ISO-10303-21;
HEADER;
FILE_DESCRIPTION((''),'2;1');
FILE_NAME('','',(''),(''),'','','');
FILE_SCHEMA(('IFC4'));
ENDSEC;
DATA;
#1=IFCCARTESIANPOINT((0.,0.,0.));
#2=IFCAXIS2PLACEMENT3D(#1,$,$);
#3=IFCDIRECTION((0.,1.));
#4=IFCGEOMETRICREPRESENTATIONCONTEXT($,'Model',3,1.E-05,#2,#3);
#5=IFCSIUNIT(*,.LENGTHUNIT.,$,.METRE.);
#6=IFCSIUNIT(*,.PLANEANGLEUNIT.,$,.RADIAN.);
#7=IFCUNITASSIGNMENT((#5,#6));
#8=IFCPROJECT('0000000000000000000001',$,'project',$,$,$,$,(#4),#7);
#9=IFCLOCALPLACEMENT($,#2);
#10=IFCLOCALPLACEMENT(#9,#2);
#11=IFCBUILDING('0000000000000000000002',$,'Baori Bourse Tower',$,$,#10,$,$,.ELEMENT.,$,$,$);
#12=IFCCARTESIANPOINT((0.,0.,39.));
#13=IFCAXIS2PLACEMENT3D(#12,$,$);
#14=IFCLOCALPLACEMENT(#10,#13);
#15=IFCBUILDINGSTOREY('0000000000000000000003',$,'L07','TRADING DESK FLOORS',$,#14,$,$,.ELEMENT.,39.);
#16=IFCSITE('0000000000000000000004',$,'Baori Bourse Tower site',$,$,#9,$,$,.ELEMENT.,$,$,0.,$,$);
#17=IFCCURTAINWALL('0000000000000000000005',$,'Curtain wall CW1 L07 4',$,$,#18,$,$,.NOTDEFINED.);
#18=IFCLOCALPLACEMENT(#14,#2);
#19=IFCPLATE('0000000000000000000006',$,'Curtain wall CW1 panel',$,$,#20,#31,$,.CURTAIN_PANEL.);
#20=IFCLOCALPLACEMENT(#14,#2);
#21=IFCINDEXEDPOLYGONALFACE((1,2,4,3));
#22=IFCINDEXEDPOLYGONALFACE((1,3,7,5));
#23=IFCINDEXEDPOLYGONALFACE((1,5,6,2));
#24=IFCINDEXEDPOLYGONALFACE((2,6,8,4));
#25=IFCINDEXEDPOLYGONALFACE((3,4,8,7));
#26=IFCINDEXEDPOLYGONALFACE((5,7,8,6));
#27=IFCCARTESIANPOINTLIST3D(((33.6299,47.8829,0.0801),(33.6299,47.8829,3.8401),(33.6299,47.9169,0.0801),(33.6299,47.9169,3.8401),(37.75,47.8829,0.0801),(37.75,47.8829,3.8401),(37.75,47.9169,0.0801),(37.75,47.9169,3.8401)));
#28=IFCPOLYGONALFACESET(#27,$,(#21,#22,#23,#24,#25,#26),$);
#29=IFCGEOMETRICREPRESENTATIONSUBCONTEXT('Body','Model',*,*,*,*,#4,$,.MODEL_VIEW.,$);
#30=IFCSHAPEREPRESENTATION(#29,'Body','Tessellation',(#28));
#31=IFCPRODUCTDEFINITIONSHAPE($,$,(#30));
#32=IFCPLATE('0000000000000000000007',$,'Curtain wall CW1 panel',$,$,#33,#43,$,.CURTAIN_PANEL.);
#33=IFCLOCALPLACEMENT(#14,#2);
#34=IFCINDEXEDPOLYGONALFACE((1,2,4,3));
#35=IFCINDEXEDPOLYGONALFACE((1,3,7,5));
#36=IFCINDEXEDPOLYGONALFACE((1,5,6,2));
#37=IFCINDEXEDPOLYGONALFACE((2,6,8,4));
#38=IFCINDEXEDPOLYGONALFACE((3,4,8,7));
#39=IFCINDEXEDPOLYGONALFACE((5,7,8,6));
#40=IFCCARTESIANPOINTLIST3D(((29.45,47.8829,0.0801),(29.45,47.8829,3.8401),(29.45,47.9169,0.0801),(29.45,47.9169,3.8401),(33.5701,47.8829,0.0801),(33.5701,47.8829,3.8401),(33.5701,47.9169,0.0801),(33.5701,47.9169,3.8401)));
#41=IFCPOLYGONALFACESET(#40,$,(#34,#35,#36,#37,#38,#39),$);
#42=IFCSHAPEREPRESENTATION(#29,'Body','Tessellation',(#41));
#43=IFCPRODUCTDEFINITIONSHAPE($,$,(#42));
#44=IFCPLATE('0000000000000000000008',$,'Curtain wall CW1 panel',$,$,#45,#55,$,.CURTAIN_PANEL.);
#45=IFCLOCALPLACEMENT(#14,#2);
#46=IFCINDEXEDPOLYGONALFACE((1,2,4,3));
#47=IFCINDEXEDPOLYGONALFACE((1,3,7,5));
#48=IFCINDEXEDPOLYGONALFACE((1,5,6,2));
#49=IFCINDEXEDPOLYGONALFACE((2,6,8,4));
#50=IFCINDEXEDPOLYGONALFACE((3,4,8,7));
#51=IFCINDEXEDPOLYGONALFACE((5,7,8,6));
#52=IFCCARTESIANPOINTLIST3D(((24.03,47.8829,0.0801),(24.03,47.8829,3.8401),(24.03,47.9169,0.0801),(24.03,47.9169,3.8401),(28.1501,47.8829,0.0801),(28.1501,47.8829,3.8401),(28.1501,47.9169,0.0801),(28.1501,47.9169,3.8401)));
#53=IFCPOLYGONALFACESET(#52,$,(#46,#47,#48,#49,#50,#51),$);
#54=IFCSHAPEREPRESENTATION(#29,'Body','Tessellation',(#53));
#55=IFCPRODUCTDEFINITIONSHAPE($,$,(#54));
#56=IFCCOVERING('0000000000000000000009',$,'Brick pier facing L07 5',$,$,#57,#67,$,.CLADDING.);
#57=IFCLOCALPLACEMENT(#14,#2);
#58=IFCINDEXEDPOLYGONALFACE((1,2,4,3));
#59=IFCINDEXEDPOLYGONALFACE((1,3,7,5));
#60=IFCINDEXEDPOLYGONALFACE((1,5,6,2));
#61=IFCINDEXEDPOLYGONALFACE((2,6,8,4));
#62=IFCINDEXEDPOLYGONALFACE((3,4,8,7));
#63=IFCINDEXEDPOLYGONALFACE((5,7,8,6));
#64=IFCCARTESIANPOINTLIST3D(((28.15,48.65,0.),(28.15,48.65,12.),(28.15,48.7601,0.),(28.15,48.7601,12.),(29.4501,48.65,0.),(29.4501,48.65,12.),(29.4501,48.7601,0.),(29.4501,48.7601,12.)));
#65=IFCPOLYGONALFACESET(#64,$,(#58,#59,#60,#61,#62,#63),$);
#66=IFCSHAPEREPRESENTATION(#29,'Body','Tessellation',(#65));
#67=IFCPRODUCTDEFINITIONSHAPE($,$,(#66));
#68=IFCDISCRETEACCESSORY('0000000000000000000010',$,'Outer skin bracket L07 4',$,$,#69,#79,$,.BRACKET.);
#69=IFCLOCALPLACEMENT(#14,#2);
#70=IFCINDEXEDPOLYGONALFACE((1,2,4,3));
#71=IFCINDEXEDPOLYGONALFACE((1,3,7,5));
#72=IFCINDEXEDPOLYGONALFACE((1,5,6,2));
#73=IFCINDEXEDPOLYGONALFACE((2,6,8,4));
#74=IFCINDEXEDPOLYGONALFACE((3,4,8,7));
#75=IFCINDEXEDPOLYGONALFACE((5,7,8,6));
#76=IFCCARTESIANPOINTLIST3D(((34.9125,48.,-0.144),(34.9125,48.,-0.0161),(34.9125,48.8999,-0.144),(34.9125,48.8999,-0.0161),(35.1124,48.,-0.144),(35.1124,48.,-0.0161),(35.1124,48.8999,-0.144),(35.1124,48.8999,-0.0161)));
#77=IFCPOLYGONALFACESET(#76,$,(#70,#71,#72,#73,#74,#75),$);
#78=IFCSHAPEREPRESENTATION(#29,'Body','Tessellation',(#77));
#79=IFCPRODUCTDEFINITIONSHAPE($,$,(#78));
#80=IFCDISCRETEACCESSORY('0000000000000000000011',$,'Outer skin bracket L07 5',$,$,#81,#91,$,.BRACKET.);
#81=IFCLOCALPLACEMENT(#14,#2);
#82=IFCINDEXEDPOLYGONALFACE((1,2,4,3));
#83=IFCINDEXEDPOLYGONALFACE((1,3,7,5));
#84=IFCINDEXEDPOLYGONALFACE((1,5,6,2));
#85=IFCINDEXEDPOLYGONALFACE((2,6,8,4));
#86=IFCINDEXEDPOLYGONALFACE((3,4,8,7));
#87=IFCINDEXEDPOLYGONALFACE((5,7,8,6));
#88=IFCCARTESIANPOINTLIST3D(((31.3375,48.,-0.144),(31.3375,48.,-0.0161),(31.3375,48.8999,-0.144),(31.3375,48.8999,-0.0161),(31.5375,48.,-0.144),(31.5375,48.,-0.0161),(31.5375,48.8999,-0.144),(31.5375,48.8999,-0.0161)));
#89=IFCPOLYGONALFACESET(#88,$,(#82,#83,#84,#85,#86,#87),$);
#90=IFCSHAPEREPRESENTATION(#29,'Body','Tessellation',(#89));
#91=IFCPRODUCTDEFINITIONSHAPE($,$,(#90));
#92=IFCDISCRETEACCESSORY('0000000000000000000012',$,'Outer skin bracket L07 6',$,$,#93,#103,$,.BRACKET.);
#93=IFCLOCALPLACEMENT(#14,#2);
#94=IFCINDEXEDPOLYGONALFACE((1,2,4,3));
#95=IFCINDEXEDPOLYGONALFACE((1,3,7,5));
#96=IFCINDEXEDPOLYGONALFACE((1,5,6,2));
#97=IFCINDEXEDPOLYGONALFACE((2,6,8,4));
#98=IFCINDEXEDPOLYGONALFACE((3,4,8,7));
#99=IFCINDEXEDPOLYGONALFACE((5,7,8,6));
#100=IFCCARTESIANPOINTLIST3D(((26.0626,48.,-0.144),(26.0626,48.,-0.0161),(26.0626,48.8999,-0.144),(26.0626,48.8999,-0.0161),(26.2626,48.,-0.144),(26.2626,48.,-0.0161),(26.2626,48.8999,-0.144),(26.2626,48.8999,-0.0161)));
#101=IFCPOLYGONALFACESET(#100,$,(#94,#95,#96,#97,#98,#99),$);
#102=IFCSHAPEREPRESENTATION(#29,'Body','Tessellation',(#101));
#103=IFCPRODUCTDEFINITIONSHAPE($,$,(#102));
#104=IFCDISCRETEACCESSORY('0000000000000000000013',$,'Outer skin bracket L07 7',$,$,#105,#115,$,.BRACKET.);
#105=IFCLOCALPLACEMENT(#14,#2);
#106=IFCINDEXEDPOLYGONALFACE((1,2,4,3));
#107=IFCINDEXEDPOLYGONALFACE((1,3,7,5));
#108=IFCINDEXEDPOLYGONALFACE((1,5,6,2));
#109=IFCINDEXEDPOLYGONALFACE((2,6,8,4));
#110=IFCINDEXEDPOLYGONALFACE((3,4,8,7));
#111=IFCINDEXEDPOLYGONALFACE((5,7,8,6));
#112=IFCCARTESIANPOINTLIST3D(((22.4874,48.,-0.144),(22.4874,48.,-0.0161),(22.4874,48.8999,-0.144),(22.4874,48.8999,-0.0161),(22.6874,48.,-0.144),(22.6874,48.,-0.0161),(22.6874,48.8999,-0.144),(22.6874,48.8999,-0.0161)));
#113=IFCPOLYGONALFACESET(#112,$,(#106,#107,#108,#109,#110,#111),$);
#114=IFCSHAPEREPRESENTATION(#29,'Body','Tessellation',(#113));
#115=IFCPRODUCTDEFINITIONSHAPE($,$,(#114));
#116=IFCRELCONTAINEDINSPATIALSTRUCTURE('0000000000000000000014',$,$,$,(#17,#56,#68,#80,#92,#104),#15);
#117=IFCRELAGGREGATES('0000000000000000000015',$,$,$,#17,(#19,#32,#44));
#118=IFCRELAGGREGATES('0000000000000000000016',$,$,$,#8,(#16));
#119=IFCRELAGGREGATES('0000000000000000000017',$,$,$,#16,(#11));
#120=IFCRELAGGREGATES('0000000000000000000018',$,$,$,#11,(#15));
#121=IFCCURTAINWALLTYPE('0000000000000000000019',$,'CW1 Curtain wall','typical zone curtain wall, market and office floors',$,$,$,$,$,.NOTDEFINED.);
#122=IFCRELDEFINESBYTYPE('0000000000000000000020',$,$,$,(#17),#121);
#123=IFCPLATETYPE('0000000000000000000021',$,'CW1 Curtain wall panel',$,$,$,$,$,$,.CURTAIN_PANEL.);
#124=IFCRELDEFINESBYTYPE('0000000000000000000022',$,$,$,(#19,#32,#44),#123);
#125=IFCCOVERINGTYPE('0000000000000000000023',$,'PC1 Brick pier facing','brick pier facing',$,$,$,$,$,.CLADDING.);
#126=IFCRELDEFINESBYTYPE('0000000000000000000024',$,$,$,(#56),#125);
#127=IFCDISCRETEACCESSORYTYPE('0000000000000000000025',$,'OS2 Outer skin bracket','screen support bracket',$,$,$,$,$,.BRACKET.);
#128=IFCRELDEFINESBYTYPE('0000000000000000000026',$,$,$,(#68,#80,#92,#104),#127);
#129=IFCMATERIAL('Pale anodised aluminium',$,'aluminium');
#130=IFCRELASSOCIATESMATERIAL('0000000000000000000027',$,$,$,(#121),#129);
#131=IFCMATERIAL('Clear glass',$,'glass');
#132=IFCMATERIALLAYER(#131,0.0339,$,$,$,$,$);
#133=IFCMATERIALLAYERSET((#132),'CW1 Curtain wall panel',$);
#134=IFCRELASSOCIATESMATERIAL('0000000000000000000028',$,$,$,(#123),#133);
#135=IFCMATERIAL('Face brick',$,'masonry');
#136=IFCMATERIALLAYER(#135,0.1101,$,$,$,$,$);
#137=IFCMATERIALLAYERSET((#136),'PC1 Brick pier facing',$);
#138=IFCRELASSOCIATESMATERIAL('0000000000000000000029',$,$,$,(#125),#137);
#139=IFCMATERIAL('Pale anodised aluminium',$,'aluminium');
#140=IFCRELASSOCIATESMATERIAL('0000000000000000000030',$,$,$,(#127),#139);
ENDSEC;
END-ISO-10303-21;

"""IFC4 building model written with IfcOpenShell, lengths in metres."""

from ifc_helpers import new_model, si_unit, direction, frame, origin, origin_2d, place, context, subcontext, project, spatial, rectangle, extrude, material, layer, layer_set, type_object, element, aggregate, save


model = new_model("IFC4")

# Units and contexts
model_context = context("Model", 3, precision=1e-05, world=origin(), true_north=direction((0.0, 1.0)))
body_context = subcontext(model_context, "Body", "Model", "MODEL_VIEW")
ifc_project = project(units=[si_unit("LENGTHUNIT", "METRE"), si_unit("PLANEANGLEUNIT", "RADIAN")], contexts=[model_context])

# Site, building, storey
site_placement = place(None, origin())
site = spatial("IfcSite", under=ifc_project, at=site_placement, Name="Baori Bourse Tower site", CompositionType="ELEMENT", RefElevation=0.0)
building_placement = place(site_placement, origin())
building = spatial("IfcBuilding", under=site, at=building_placement, Name="Baori Bourse Tower", CompositionType="ELEMENT")
storey_placement = place(building_placement, frame((0.0, 0.0, 39.0)))
storey = spatial("IfcBuildingStorey", under=building, at=storey_placement, Name="L07", Description="TRADING DESK FLOORS", CompositionType="ELEMENT", Elevation=39.0)

# Curtain wall
ifc_material_1 = material(Name="Pale anodised aluminium", Category="aluminium")
curtain_wall_type = type_object("IfcCurtainWallType", Name="CW1 Curtain wall", Description="typical zone curtain wall, market and office floors", PredefinedType="NOTDEFINED", material=ifc_material_1)
curtain_wall_placement = place(storey_placement, origin())
curtain_wall = element("IfcCurtainWall", 1, at=curtain_wall_placement, inside=storey, type_object=curtain_wall_type, Name="Curtain wall CW1 L07 4", PredefinedType="NOTDEFINED")

# Plates
ifc_material_2 = material(Name="Clear glass", Category="glass")
ifc_layer_1 = layer(ifc_material_2, 0.0339)
ifc_layer_set_1 = layer_set([ifc_layer_1], Name="CW1 Curtain wall panel")
plate_type = type_object("IfcPlateType", Name="CW1 Curtain wall panel", PredefinedType="CURTAIN_PANEL", material=ifc_layer_set_1)
plate_1_placement = place(storey_placement, frame((35.6899, 47.8999, 0.0801), z_axis=(0.0, 0.0, 1.0), x_axis=(-1.0, 0.0, 0.0)))
plate_1 = element("IfcPlate", 2, at=plate_1_placement, type_object=plate_type, Name="Curtain wall CW1 panel", PredefinedType="CURTAIN_PANEL", context=body_context, shape_type="SweptSolid", body=[
    extrude(rectangle(XDim=4.1201, YDim=0.0339, at=origin_2d()), origin(), (0.0, 0.0, 1.0), 3.76),
])
plate_2_placement = place(storey_placement, frame((31.51, 47.8999, 0.0801), z_axis=(0.0, 0.0, 1.0), x_axis=(-1.0, 0.0, 0.0)))
plate_2 = element("IfcPlate", 3, at=plate_2_placement, type_object=plate_type, Name="Curtain wall CW1 panel", PredefinedType="CURTAIN_PANEL", context=body_context, shape_type="SweptSolid", body=[
    extrude(rectangle(XDim=4.1201, YDim=0.0339, at=origin_2d()), origin(), (0.0, 0.0, 1.0), 3.76),
])
plate_3_placement = place(storey_placement, frame((26.0901, 47.8999, 0.0801), z_axis=(0.0, 0.0, 1.0), x_axis=(-1.0, 0.0, 0.0)))
plate_3 = element("IfcPlate", 4, at=plate_3_placement, type_object=plate_type, Name="Curtain wall CW1 panel", PredefinedType="CURTAIN_PANEL", context=body_context, shape_type="SweptSolid", body=[
    extrude(rectangle(XDim=4.1201, YDim=0.0339, at=origin_2d()), origin(), (0.0, 0.0, 1.0), 3.76),
])
aggregate(curtain_wall, [plate_1, plate_2, plate_3])

# Covering
ifc_material_3 = material(Name="Face brick", Category="masonry")
ifc_layer_2 = layer(ifc_material_3, 0.1101)
ifc_layer_set_2 = layer_set([ifc_layer_2], Name="PC1 Brick pier facing")
covering_type = type_object("IfcCoveringType", Name="PC1 Brick pier facing", Description="brick pier facing", PredefinedType="CLADDING", material=ifc_layer_set_2)
covering_placement = place(storey_placement, frame((28.8, 48.7051, 0.0), z_axis=(0.0, 0.0, 1.0), x_axis=(1.0, 0.0, 0.0)))
element("IfcCovering", 5, at=covering_placement, inside=storey, type_object=covering_type, Name="Brick pier facing L07 5", PredefinedType="CLADDING", context=body_context, shape_type="SweptSolid", body=[
    extrude(rectangle(XDim=1.3, YDim=0.1101, at=origin_2d()), origin(), (0.0, 0.0, 1.0), 12.0),
])

# Discrete accessories
ifc_material_4 = material(Name="Pale anodised aluminium", Category="aluminium")
discrete_accessory_type = type_object("IfcDiscreteAccessoryType", Name="OS2 Outer skin bracket", Description="screen support bracket", PredefinedType="BRACKET", material=ifc_material_4)
for number, where, z_axis, x_axis, name in (
    (6, (35.0125, 48.45, -0.144), (0.0, 0.0, 1.0), (-1.0, 0.0, 0.0), "Outer skin bracket L07 4"),
    (7, (31.4375, 48.45, -0.144), (0.0, 0.0, 1.0), (-1.0, 0.0, 0.0), "Outer skin bracket L07 5"),
    (8, (26.1626, 48.45, -0.144), (0.0, 0.0, 1.0), (-1.0, 0.0, 0.0), "Outer skin bracket L07 6"),
    (9, (22.5874, 48.45, -0.144), (0.0, 0.0, 1.0), (-1.0, 0.0, 0.0), "Outer skin bracket L07 7"),
):
    element("IfcDiscreteAccessory", number, at=place(storey_placement, frame(where, z_axis=z_axis, x_axis=x_axis)), inside=storey, type_object=discrete_accessory_type, Name=name, PredefinedType="BRACKET", context=body_context, shape_type="SweptSolid", body=[
        extrude(rectangle(XDim=0.2, YDim=0.8999, at=origin_2d()), origin(), (0.0, 0.0, 1.0), 0.1279),
    ])

save(model, "model.ifc")
